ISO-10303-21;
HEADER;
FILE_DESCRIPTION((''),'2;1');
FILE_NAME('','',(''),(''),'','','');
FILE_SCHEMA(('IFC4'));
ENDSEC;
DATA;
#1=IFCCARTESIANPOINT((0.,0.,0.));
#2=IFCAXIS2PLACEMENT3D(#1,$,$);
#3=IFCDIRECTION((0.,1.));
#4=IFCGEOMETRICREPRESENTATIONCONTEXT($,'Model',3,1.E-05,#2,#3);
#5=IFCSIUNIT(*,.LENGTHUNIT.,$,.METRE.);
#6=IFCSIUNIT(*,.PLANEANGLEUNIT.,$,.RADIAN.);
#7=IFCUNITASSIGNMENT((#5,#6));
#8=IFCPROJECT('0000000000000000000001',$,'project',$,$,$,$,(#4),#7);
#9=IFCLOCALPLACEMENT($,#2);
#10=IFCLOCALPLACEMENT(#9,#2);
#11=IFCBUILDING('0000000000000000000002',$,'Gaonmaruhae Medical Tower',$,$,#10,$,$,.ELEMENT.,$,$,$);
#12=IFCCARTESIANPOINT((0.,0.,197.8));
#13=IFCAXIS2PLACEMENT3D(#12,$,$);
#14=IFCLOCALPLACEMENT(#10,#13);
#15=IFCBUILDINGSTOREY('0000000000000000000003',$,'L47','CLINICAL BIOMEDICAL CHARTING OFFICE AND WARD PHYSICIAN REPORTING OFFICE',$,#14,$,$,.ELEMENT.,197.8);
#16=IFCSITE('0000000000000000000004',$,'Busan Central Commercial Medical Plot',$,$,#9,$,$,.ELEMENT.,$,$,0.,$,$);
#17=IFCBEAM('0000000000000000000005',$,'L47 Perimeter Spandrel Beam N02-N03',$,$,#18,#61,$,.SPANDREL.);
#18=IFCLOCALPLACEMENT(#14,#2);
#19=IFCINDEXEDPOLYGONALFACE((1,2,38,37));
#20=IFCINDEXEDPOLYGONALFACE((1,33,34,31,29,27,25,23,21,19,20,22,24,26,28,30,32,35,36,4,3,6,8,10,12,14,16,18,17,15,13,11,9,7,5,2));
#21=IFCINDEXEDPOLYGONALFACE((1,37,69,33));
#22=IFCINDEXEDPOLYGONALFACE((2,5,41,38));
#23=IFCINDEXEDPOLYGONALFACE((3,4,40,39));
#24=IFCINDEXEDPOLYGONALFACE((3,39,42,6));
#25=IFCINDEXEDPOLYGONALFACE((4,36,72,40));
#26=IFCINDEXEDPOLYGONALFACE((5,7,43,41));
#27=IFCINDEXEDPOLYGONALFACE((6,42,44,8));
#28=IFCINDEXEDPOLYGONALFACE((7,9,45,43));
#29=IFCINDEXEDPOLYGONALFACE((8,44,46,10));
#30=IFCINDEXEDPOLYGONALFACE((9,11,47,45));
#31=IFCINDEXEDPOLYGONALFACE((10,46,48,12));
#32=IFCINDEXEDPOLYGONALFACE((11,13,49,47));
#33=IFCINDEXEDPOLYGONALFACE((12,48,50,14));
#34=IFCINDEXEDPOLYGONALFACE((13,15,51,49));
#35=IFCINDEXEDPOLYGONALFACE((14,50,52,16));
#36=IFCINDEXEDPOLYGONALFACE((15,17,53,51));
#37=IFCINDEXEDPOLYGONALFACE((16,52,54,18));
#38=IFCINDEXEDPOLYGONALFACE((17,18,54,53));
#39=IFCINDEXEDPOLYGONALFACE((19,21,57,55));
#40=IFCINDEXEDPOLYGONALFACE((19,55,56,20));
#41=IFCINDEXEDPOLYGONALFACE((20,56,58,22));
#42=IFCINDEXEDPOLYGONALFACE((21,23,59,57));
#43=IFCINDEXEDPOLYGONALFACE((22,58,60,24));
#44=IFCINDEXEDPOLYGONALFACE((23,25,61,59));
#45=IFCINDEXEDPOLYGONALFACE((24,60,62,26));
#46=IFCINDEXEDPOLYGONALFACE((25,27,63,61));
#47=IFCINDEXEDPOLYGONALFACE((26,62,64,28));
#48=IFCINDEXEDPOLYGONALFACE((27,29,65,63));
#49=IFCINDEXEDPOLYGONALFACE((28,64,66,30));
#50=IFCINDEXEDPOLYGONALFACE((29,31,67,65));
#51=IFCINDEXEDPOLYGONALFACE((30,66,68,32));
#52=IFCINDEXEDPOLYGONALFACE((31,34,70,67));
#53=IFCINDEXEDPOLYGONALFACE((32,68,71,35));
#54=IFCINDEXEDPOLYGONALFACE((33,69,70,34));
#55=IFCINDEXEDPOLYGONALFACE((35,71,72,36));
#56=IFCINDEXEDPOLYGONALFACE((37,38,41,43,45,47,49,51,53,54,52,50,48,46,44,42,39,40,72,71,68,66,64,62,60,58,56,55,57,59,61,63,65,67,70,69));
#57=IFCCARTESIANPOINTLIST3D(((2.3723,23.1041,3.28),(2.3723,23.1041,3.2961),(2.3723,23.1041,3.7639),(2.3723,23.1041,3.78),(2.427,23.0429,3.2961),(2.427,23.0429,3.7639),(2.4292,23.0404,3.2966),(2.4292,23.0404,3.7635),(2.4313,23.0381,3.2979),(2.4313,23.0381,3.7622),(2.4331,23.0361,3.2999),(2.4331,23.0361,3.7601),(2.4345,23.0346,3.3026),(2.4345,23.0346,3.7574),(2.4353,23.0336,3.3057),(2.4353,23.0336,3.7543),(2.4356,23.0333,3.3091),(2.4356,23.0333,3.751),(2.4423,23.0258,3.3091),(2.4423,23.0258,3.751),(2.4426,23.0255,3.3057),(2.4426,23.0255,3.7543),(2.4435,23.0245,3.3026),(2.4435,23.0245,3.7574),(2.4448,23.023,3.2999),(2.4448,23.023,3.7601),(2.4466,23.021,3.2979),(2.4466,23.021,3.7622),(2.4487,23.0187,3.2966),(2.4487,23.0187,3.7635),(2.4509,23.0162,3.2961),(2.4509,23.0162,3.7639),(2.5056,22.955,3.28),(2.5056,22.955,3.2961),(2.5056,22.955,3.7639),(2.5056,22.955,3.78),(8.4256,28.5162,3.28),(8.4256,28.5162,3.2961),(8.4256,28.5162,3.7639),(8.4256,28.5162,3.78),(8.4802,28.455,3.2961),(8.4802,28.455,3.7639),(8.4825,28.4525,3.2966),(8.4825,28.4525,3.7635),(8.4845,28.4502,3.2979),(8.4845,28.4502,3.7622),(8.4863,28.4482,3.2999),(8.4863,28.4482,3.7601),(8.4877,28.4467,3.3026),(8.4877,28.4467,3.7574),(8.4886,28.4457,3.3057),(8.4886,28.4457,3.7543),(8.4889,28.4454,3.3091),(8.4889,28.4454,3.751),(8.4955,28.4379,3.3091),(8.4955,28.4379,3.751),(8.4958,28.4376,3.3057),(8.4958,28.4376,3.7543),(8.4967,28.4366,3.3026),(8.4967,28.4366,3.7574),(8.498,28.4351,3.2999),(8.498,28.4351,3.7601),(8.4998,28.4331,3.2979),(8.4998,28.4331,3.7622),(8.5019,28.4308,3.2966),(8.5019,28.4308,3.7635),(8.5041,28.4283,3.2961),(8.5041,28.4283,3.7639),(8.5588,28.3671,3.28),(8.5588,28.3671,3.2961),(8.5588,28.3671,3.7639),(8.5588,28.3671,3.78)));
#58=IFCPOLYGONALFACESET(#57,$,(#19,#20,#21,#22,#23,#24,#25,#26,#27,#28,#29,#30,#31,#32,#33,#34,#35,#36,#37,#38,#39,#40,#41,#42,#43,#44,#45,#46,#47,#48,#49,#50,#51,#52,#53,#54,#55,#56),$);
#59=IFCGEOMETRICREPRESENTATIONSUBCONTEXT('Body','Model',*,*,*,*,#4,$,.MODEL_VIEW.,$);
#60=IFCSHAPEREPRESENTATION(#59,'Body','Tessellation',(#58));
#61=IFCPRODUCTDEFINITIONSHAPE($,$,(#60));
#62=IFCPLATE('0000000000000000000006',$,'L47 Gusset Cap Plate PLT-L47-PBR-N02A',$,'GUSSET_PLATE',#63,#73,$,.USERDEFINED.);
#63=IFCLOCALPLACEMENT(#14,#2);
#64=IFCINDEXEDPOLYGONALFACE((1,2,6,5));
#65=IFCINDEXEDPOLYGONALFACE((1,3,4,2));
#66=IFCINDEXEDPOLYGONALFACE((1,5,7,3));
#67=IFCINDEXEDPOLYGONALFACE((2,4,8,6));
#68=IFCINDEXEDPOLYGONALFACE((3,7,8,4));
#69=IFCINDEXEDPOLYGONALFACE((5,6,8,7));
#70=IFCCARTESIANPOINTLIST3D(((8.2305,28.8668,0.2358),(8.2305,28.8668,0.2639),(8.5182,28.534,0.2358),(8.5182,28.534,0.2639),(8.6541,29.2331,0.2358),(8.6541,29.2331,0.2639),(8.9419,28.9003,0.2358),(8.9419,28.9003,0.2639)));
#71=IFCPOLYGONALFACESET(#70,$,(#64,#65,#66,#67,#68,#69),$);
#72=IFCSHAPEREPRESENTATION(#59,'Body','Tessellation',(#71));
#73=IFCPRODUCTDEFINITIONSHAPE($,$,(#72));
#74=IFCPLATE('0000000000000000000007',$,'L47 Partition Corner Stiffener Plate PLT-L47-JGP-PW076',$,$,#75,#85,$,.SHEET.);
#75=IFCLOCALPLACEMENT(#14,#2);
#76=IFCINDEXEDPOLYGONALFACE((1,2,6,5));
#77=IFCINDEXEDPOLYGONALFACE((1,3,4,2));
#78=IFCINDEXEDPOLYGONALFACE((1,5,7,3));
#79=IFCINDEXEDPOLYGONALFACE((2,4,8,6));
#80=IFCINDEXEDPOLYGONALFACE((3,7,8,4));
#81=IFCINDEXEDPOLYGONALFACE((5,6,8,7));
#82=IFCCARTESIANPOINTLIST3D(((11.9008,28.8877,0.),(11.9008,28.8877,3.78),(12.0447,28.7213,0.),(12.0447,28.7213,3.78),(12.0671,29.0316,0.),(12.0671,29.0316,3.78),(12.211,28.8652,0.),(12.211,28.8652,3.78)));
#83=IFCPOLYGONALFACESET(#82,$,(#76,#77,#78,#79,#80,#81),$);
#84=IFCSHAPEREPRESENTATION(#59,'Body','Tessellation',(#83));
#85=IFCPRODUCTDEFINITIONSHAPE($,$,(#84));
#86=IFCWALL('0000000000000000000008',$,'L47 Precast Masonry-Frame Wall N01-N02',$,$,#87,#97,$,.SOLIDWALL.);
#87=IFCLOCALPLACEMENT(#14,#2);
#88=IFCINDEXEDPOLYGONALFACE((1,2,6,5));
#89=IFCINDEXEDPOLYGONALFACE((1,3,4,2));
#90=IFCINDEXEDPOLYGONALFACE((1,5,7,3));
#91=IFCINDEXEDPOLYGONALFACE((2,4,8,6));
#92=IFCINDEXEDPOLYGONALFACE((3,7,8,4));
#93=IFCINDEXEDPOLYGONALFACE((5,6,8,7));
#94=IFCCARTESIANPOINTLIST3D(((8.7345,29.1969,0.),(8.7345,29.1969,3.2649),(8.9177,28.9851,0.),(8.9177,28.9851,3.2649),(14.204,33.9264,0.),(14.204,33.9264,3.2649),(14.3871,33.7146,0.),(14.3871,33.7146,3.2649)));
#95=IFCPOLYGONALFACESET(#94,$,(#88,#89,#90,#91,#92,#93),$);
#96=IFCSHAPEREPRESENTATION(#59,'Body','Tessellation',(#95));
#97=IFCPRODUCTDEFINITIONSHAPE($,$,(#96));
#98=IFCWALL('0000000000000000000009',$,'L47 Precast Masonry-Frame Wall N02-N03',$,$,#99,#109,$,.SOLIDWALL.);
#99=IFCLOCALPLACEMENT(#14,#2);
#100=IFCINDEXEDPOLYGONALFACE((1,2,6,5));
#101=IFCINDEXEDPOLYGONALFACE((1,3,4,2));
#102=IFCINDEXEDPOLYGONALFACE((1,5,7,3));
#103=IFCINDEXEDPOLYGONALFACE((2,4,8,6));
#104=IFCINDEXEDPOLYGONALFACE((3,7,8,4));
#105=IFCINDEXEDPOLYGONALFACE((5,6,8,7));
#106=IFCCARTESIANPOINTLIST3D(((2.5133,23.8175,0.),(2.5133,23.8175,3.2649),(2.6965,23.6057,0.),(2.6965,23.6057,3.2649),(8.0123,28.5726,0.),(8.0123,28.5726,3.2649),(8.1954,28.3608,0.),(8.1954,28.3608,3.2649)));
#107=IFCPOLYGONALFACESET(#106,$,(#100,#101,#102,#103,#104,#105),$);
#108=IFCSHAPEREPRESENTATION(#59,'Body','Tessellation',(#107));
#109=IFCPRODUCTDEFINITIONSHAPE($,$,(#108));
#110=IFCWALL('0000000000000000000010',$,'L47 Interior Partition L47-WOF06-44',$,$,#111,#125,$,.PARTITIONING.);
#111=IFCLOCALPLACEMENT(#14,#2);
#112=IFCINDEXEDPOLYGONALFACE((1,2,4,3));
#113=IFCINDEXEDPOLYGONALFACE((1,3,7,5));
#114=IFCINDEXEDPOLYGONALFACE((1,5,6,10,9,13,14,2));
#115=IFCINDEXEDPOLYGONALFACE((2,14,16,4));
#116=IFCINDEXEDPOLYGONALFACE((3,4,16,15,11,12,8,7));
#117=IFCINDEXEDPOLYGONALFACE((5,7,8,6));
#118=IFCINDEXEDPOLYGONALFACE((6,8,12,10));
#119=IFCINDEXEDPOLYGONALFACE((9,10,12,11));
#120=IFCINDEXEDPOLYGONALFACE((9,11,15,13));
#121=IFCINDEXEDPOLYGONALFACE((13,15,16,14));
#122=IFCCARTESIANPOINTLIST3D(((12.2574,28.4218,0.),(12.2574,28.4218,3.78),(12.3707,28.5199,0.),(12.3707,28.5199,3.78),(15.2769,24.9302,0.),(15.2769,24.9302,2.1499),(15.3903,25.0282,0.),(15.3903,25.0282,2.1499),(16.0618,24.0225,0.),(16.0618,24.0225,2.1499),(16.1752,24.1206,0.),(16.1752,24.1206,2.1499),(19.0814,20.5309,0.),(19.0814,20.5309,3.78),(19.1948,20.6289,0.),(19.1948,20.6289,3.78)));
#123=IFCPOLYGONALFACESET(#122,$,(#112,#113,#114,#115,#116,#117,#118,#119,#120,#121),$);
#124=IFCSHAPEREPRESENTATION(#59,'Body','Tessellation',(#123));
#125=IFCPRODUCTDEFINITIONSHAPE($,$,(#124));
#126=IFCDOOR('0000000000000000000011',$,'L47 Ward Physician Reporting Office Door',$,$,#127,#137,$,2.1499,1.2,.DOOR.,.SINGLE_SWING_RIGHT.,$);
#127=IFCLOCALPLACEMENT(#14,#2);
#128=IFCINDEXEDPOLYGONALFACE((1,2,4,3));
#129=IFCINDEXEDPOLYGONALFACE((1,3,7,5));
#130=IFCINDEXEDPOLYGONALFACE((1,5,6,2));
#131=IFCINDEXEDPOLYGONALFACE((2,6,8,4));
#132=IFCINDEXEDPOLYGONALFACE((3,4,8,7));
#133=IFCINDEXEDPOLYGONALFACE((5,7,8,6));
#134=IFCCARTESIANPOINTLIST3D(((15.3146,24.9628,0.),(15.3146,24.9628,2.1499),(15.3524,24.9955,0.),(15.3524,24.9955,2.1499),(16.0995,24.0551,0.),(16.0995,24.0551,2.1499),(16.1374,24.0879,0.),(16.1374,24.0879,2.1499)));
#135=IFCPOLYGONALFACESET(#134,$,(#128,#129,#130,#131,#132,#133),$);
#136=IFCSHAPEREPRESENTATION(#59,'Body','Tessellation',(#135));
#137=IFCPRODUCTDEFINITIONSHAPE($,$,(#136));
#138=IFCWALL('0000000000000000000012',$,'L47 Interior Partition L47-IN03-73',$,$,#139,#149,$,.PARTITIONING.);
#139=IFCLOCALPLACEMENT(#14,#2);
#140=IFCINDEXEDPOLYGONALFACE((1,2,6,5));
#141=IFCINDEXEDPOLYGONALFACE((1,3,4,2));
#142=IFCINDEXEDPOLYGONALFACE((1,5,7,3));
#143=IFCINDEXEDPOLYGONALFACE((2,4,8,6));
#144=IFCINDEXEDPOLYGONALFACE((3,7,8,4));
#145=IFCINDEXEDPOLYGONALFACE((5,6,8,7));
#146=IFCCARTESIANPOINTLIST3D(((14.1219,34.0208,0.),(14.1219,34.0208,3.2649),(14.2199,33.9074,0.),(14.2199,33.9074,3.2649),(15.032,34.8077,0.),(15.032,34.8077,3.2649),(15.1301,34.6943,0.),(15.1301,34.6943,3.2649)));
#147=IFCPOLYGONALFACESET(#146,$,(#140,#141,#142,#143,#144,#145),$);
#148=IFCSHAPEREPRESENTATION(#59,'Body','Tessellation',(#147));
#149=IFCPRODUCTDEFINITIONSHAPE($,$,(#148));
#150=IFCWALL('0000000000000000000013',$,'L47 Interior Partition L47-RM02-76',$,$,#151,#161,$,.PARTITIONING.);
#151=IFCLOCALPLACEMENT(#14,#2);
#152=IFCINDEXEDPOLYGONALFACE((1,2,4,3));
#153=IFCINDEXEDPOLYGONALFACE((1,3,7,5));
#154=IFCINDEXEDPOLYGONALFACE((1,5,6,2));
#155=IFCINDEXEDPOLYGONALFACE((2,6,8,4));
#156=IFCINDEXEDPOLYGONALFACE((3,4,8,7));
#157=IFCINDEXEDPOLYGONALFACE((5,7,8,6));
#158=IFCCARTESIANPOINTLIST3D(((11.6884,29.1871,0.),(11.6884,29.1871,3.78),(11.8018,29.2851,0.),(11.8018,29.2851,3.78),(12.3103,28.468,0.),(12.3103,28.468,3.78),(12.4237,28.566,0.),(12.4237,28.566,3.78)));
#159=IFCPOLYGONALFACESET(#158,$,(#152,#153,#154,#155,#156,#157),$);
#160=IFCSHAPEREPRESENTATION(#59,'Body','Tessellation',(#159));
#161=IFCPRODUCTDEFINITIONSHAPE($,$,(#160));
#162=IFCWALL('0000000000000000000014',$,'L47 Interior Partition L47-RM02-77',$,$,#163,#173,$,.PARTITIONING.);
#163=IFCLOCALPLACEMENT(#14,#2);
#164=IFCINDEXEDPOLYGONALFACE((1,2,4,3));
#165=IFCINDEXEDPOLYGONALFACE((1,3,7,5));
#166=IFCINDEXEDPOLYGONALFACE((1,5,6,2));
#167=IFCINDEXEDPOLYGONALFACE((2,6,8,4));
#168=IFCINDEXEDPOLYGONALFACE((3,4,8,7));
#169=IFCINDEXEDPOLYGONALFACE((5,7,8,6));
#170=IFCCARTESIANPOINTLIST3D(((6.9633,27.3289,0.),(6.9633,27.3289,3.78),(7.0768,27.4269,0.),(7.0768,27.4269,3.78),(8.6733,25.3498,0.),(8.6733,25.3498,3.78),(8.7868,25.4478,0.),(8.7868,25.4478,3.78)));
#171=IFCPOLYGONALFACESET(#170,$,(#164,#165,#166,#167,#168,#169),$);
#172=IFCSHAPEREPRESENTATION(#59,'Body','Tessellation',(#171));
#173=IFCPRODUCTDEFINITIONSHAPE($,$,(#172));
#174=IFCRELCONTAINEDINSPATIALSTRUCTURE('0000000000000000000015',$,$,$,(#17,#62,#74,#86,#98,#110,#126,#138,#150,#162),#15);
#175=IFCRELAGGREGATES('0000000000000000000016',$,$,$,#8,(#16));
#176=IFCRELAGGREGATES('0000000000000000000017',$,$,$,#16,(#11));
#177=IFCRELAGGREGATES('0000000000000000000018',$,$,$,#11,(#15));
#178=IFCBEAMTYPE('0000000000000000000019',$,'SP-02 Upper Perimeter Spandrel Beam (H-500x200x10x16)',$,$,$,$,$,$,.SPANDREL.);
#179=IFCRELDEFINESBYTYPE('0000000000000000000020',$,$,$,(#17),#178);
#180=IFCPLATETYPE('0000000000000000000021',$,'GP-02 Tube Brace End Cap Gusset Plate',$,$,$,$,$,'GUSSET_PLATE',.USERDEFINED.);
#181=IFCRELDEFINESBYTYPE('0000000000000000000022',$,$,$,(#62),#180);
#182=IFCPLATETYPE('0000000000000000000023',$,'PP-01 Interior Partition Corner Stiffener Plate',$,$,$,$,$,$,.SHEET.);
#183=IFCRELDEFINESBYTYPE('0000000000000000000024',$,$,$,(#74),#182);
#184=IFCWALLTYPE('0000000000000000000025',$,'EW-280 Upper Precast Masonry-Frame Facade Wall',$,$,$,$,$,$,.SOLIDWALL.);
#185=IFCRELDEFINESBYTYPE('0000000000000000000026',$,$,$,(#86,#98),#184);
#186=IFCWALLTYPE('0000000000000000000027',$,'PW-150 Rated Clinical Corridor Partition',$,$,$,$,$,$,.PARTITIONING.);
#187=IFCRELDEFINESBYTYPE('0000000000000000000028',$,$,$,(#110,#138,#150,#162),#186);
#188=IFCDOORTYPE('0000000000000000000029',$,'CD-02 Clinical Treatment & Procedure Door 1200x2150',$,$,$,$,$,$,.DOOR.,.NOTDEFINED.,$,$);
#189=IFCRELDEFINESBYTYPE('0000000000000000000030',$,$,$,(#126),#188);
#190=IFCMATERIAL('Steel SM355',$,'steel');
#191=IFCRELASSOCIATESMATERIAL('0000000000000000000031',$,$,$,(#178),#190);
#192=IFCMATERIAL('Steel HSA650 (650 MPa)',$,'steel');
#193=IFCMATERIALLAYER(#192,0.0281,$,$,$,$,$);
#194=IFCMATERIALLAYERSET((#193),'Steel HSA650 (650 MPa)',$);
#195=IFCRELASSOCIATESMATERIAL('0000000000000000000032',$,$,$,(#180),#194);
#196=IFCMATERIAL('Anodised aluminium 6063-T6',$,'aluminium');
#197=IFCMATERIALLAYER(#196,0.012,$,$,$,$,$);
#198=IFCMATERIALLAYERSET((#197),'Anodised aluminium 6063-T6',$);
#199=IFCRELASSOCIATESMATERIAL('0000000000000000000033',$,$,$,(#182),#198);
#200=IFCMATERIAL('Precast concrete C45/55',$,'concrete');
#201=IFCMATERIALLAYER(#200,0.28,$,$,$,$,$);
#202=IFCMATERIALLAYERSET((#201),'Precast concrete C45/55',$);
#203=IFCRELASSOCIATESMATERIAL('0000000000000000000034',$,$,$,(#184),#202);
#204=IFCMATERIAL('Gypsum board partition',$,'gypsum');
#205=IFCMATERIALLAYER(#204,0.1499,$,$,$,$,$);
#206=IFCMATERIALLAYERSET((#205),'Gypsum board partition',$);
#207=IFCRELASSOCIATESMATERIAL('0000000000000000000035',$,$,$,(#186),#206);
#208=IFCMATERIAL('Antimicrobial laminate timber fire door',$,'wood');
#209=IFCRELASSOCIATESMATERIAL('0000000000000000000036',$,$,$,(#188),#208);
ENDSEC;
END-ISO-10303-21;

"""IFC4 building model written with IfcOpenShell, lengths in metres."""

from ifc_helpers import new_model, si_unit, direction, frame, frame_2d, origin, origin_2d, place, context, subcontext, project, spatial, rectangle, i_section, extrude, material, layer, layer_set, material_profile, profile_set, type_object, element, fill, save


model = new_model("IFC4")

# Units and contexts
model_context = context("Model", 3, precision=1e-05, world=origin(), true_north=direction((0.0, 1.0)))
body_context = subcontext(model_context, "Body", "Model", "MODEL_VIEW")
ifc_project = project(units=[si_unit("LENGTHUNIT", "METRE"), si_unit("PLANEANGLEUNIT", "RADIAN")], contexts=[model_context])

# Site, building, storey
site_placement = place(None, origin())
site = spatial("IfcSite", under=ifc_project, at=site_placement, Name="Busan Central Commercial Medical Plot", CompositionType="ELEMENT", RefElevation=0.0)
building_placement = place(site_placement, origin())
building = spatial("IfcBuilding", under=site, at=building_placement, Name="Gaonmaruhae Medical Tower", CompositionType="ELEMENT")
storey_placement = place(building_placement, frame((0.0, 0.0, 197.8)))
storey = spatial("IfcBuildingStorey", under=building, at=storey_placement, Name="L47", Description="CLINICAL BIOMEDICAL CHARTING OFFICE AND WARD PHYSICIAN REPORTING OFFICE", CompositionType="ELEMENT", Elevation=197.8)

# Shared definitions
ifc_material_1 = material(Name="Steel SM355", Category="steel")

# Beam
ifc_material_profile_1 = material_profile(ifc_material_1, i_section(OverallWidth=0.2, OverallDepth=0.5, WebThickness=0.01, FlangeThickness=0.0161, FilletRadius=0.0129, at=origin_2d()), Name="H-500x200x10x16")
ifc_profile_set_1 = profile_set([ifc_material_profile_1], Name="Steel SM355")
beam_type_1 = type_object("IfcBeamType", Name="SP-02 Upper Perimeter Spandrel Beam (H-500x200x10x16)", PredefinedType="SPANDREL", material=ifc_profile_set_1)
for number, where, z_axis, x_axis, name in (
    (1, (8.4922, 28.4417, 3.53), (-0.745482, -0.666526, 0.0), (0.666526, -0.745482, 0.0), "L47 Perimeter Spandrel Beam N02-N03"),
):
    element("IfcBeam", number, at=place(storey_placement, frame(where, z_axis=z_axis, x_axis=x_axis)), inside=storey, type_object=beam_type_1, Name=name, PredefinedType="SPANDREL", context=body_context, shape_type="SweptSolid", body=[
        extrude(i_section(OverallWidth=0.2, OverallDepth=0.5, WebThickness=0.01, FlangeThickness=0.0161, FilletRadius=0.0129, at=origin_2d()), origin(), (0.0, 0.0, 1.0), 8.1199),
    ])

# Plates
ifc_material_2 = material(Name="Steel HSA650 (650 MPa)", Category="steel")
ifc_layer_1 = layer(ifc_material_2, 0.0281)
ifc_layer_set_1 = layer_set([ifc_layer_1], Name="Steel HSA650 (650 MPa)")
plate_type_1 = type_object("IfcPlateType", Name="GP-02 Tube Brace End Cap Gusset Plate", ElementType="GUSSET_PLATE", PredefinedType="USERDEFINED", material=ifc_layer_set_1)
plate_1_placement = place(storey_placement, frame((8.5862, 28.8835, 0.2358), z_axis=(0.0, 0.0, 1.0), x_axis=(0.756425, 0.654081, 0.0)))
element("IfcPlate", 2, at=plate_1_placement, inside=storey, type_object=plate_type_1, Name="L47 Gusset Cap Plate PLT-L47-PBR-N02A", ObjectType="GUSSET_PLATE", PredefinedType="USERDEFINED", context=body_context, shape_type="SweptSolid", body=[
    extrude(rectangle(XDim=0.5601, YDim=0.4399, at=origin_2d()), origin(), (0.0, 0.0, 1.0), 0.0281),
])
ifc_material_3 = material(Name="Anodised aluminium 6063-T6", Category="aluminium")
ifc_layer_2 = layer(ifc_material_3, 0.012)
ifc_layer_set_2 = layer_set([ifc_layer_2], Name="Anodised aluminium 6063-T6")
plate_type_2 = type_object("IfcPlateType", Name="PP-01 Interior Partition Corner Stiffener Plate", PredefinedType="SHEET", material=ifc_layer_set_2)
plate_2_placement = place(storey_placement, frame((12.0559, 28.8765, 0.0), z_axis=(0.0, 0.0, 1.0), x_axis=(0.654253, -0.756276, 0.0)))
element("IfcPlate", 3, at=plate_2_placement, inside=storey, type_object=plate_type_2, Name="L47 Partition Corner Stiffener Plate PLT-L47-JGP-PW076", PredefinedType="SHEET", context=body_context, shape_type="SweptSolid", body=[
    extrude(rectangle(XDim=0.22, YDim=0.22, at=origin_2d()), origin(), (0.0, 0.0, 1.0), 3.78),
])

# Walls
ifc_material_4 = material(Name="Precast concrete C45/55", Category="concrete")
ifc_layer_3 = layer(ifc_material_4, 0.28)
ifc_layer_set_3 = layer_set([ifc_layer_3], Name="Precast concrete C45/55")
wall_type_1 = type_object("IfcWallType", Name="EW-280 Upper Precast Masonry-Frame Facade Wall", PredefinedType="SOLIDWALL", material=ifc_layer_set_3)
wall_1_placement = place(storey_placement, frame((8.8262, 29.0911, 0.0), z_axis=(0.0, 0.0, 1.0), x_axis=(0.756423, 0.654083, 0.0)))
element("IfcWall", 4, at=wall_1_placement, inside=storey, type_object=wall_type_1, Name="L47 Precast Masonry-Frame Wall N01-N02", PredefinedType="SOLIDWALL", context=body_context, shape_type="SweptSolid", body=[
    extrude(rectangle(XDim=7.2307, YDim=0.28, at=frame_2d((3.6152, 0.0))), origin(), (0.0, 0.0, 1.0), 3.2649),
])
wall_2_placement = place(storey_placement, frame((2.605, 23.7117, 0.0), z_axis=(0.0, 0.0, 1.0), x_axis=(0.756417, 0.65409, 0.0)))
element("IfcWall", 5, at=wall_2_placement, inside=storey, type_object=wall_type_1, Name="L47 Precast Masonry-Frame Wall N02-N03", PredefinedType="SOLIDWALL", context=body_context, shape_type="SweptSolid", body=[
    extrude(rectangle(XDim=7.2698, YDim=0.28, at=frame_2d((3.6348, 0.0))), origin(), (0.0, 0.0, 1.0), 3.2649),
])

# Wall, opening, door
ifc_material_5 = material(Name="Gypsum board partition", Category="gypsum")
ifc_layer_4 = layer(ifc_material_5, 0.1499)
ifc_layer_set_4 = layer_set([ifc_layer_4], Name="Gypsum board partition")
wall_type_2 = type_object("IfcWallType", Name="PW-150 Rated Clinical Corridor Partition", PredefinedType="PARTITIONING", material=ifc_layer_set_4)
wall_3_placement = place(storey_placement, frame((12.314, 28.4709, 0.0), z_axis=(0.0, 0.0, 1.0), x_axis=(0.654121, -0.75639, 0.0)))
wall_3 = element("IfcWall", 6, at=wall_3_placement, inside=storey, type_object=wall_type_2, Name="L47 Interior Partition L47-WOF06-44", PredefinedType="PARTITIONING", context=body_context, shape_type="SweptSolid", body=[
    extrude(rectangle(XDim=10.4324, YDim=0.1499, at=frame_2d((5.2163, 0.0))), origin(), (0.0, 0.0, 1.0), 3.78),
])
opening_1_placement = place(wall_3_placement, frame((4.6162, 0.0, 0.0)))
opening_1 = element("IfcOpeningElement", 7, at=opening_1_placement, cuts=wall_3, PredefinedType="OPENING", context=body_context, shape_type="SweptSolid", body=[
    extrude(rectangle(XDim=1.2, YDim=2.1499, at=frame_2d((0.6001, 1.075))), frame((0.0, 0.085, 0.0), z_axis=(0.0, -1.0, 0.0), x_axis=(1.0, 0.0, 0.0)), (0.0, 0.0, 1.0), 0.1699),
])
ifc_material_6 = material(Name="Antimicrobial laminate timber fire door", Category="wood")
door_type_1 = type_object("IfcDoorType", Name="CD-02 Clinical Treatment & Procedure Door 1200x2150", OperationType="NOTDEFINED", PredefinedType="DOOR", material=ifc_material_6)
door_1_placement = place(opening_1_placement, origin())
door_1 = element("IfcDoor", 8, at=door_1_placement, inside=storey, type_object=door_type_1, Name="L47 Ward Physician Reporting Office Door", OperationType="SINGLE_SWING_RIGHT", OverallHeight=2.1499, OverallWidth=1.2, PredefinedType="DOOR", context=body_context, shape_type="SweptSolid", body=[
    extrude(rectangle(XDim=1.2, YDim=2.1499, at=frame_2d((0.6001, 1.075))), frame((0.0, 0.0249, 0.0), z_axis=(0.0, -1.0, 0.0), x_axis=(1.0, 0.0, 0.0)), (0.0, 0.0, 1.0), 0.05),
])
fill(opening_1, door_1)

# Walls
wall_4_placement = place(storey_placement, frame((14.1709, 33.9641, 0.0), z_axis=(0.0, 0.0, 1.0), x_axis=(0.756485, 0.654011, 0.0)))
element("IfcWall", 9, at=wall_4_placement, inside=storey, type_object=wall_type_2, Name="L47 Interior Partition L47-IN03-73", PredefinedType="PARTITIONING", context=body_context, shape_type="SweptSolid", body=[
    extrude(rectangle(XDim=1.2031, YDim=0.1499, at=frame_2d((0.6016, 0.0))), origin(), (0.0, 0.0, 1.0), 3.2649),
])
wall_5_placement = place(storey_placement, frame((11.7451, 29.2361, 0.0), z_axis=(0.0, 0.0, 1.0), x_axis=(0.654148, -0.756367, 0.0)))
element("IfcWall", 10, at=wall_5_placement, inside=storey, type_object=wall_type_2, Name="L47 Interior Partition L47-RM02-76", PredefinedType="PARTITIONING", context=body_context, shape_type="SweptSolid", body=[
    extrude(rectangle(XDim=0.9507, YDim=0.1499, at=frame_2d((0.4753, 0.0))), origin(), (0.0, 0.0, 1.0), 3.78),
])
wall_6_placement = place(storey_placement, frame((8.73, 25.3989, 0.0), z_axis=(0.0, 0.0, 1.0), x_axis=(-0.6538, 0.756668, 0.0)))
element("IfcWall", 11, at=wall_6_placement, inside=storey, type_object=wall_type_2, Name="L47 Interior Partition L47-RM02-77", PredefinedType="PARTITIONING", context=body_context, shape_type="SweptSolid", body=[
    extrude(rectangle(XDim=2.6155, YDim=0.1499, at=frame_2d((1.3076, 0.0))), origin(), (0.0, 0.0, 1.0), 3.78),
])

save(model, "model.ifc")
